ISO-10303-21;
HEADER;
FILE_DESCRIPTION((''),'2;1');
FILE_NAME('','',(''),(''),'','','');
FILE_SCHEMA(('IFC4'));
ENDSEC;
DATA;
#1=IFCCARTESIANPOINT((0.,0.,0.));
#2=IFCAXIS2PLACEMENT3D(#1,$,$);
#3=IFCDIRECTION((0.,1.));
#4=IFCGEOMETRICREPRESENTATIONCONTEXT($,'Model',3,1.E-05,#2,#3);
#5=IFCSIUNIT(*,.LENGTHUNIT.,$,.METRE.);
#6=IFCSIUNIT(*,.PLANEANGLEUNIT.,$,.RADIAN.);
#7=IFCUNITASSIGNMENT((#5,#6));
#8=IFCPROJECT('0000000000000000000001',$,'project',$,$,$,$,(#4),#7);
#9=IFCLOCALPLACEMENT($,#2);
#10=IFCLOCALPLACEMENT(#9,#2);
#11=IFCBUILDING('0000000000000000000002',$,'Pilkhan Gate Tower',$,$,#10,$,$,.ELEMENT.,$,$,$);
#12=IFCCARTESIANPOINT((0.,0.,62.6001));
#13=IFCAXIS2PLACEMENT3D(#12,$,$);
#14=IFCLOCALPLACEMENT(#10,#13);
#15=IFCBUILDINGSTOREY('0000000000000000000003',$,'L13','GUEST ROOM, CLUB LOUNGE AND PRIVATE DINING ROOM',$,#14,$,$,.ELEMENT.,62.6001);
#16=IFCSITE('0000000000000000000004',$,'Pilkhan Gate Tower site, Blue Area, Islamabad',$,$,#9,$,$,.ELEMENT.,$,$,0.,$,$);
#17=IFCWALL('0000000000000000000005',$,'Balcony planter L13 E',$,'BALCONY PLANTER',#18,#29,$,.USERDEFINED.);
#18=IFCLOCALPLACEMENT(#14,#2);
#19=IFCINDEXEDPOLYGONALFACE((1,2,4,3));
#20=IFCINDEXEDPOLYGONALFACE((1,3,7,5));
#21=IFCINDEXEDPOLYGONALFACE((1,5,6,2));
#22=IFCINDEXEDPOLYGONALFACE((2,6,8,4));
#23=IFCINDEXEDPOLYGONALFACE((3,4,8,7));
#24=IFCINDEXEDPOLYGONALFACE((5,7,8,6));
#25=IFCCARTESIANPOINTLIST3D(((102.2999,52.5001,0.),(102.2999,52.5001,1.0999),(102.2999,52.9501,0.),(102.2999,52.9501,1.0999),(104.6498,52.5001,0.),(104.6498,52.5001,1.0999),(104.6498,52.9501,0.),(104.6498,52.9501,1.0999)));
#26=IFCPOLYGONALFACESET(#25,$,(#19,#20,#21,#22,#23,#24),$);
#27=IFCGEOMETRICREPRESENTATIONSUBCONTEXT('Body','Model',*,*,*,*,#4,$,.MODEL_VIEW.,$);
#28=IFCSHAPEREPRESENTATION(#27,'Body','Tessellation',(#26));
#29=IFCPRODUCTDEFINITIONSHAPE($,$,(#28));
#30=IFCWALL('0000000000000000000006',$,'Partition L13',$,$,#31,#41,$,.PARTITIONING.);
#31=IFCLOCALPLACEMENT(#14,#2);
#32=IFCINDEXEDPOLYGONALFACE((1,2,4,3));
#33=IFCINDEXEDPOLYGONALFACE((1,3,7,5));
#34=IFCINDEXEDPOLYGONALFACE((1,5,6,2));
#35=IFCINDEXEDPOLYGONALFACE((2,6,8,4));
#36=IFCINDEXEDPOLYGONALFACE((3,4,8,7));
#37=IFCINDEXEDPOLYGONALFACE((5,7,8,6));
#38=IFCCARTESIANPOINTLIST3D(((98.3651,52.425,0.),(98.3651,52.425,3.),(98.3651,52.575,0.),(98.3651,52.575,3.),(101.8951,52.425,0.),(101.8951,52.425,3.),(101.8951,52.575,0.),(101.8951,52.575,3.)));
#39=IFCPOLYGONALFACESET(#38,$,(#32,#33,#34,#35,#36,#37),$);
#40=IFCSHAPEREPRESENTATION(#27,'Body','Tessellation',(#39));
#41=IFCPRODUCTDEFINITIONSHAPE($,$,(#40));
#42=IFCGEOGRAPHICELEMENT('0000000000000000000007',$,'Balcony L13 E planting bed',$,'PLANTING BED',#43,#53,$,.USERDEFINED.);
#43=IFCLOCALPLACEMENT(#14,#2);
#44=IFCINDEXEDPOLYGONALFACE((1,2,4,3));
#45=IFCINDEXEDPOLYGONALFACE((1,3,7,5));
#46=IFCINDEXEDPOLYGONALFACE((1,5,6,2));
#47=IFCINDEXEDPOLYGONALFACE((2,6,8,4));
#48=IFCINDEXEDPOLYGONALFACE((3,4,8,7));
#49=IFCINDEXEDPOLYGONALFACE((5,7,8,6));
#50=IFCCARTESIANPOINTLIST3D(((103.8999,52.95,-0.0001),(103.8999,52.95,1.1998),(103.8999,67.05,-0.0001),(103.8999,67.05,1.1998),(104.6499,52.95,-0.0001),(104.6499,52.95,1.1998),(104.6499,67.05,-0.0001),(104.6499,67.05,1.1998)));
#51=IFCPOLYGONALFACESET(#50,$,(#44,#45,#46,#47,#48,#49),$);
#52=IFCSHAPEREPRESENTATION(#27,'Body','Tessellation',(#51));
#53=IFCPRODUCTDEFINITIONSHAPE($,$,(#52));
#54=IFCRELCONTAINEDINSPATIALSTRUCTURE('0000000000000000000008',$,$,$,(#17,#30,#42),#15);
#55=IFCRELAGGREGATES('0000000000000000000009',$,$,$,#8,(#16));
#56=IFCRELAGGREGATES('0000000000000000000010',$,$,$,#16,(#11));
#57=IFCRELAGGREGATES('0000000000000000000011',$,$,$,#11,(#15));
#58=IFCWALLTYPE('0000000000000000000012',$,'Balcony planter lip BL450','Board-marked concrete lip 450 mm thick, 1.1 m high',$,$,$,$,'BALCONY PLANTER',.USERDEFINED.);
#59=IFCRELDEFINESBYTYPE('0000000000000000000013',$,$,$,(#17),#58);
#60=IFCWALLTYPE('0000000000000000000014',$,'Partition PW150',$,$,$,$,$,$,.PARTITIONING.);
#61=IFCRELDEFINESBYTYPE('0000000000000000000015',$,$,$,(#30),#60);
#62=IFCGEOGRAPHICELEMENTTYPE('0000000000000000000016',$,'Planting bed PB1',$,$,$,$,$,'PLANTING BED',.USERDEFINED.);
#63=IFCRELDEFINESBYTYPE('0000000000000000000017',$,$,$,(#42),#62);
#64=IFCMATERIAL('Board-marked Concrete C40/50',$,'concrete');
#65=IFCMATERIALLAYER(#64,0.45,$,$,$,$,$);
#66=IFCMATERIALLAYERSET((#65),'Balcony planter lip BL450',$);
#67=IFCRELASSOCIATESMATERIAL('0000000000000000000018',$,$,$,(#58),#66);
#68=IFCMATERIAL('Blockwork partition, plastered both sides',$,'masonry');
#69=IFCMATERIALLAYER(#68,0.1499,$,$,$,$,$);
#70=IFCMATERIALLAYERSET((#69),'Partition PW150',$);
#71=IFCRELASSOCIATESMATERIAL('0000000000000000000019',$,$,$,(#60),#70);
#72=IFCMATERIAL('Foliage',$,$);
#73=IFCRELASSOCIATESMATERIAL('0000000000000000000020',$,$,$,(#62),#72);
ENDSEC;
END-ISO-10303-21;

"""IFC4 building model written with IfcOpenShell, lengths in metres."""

from ifc_helpers import new_model, si_unit, direction, frame, frame_2d, origin, origin_2d, place, context, subcontext, project, spatial, rectangle, extrude, material, layer, layer_set, material_profile, profile_set, type_object, element, save


model = new_model("IFC4")

# Units and contexts
model_context = context("Model", 3, precision=1e-05, world=origin(), true_north=direction((0.0, 1.0)))
body_context = subcontext(model_context, "Body", "Model", "MODEL_VIEW")
ifc_project = project(units=[si_unit("LENGTHUNIT", "METRE"), si_unit("PLANEANGLEUNIT", "RADIAN")], contexts=[model_context])

# Site, building, storey
site_placement = place(None, origin())
site = spatial("IfcSite", under=ifc_project, at=site_placement, Name="Pilkhan Gate Tower site, Blue Area, Islamabad", CompositionType="ELEMENT", RefElevation=0.0)
building_placement = place(site_placement, origin())
building = spatial("IfcBuilding", under=site, at=building_placement, Name="Pilkhan Gate Tower", CompositionType="ELEMENT")
storey_placement = place(building_placement, frame((0.0, 0.0, 62.6001)))
storey = spatial("IfcBuildingStorey", under=building, at=storey_placement, Name="L13", Description="GUEST ROOM, CLUB LOUNGE AND PRIVATE DINING ROOM", CompositionType="ELEMENT", Elevation=62.6001)

# Walls
ifc_material_1 = material(Name="Board-marked Concrete C40/50", Category="concrete")
ifc_layer_1 = layer(ifc_material_1, 0.45)
ifc_layer_set_1 = layer_set([ifc_layer_1], Name="Balcony planter lip BL450")
wall_type_1 = type_object("IfcWallType", Name="Balcony planter lip BL450", Description="Board-marked concrete lip 450 mm thick, 1.1 m high", ElementType="BALCONY PLANTER", PredefinedType="USERDEFINED", material=ifc_layer_set_1)
wall_1_placement = place(storey_placement, frame((102.3, 52.7251, 0.0), z_axis=(0.0, 0.0, 1.0), x_axis=(1.0, 0.0, 0.0)))
element("IfcWall", 1, at=wall_1_placement, inside=storey, type_object=wall_type_1, Name="Balcony planter L13 E", ObjectType="BALCONY PLANTER", PredefinedType="USERDEFINED", context=body_context, shape_type="SweptSolid", body=[
    extrude(rectangle(XDim=2.3499, YDim=0.45, at=frame_2d((1.1748, 0.0))), origin(), (0.0, 0.0, 1.0), 1.0999),
])
ifc_material_2 = material(Name="Blockwork partition, plastered both sides", Category="masonry")
ifc_layer_2 = layer(ifc_material_2, 0.1499)
ifc_layer_set_2 = layer_set([ifc_layer_2], Name="Partition PW150")
wall_type_2 = type_object("IfcWallType", Name="Partition PW150", PredefinedType="PARTITIONING", material=ifc_layer_set_2)
wall_2_placement = place(storey_placement, frame((98.365, 52.5, 0.0), z_axis=(0.0, 0.0, 1.0), x_axis=(1.0, 0.0, 0.0)))
element("IfcWall", 2, at=wall_2_placement, inside=storey, type_object=wall_type_2, Name="Partition L13", PredefinedType="PARTITIONING", context=body_context, shape_type="SweptSolid", body=[
    extrude(rectangle(XDim=3.53, YDim=0.1499, at=frame_2d((1.7651, 0.0))), origin(), (0.0, 0.0, 1.0), 3.0),
])

# Geographic element
ifc_material_3 = material(Name="Foliage")
ifc_material_profile_1 = material_profile(ifc_material_3, rectangle(XDim=0.75, YDim=1.2, at=origin_2d()), Name="Bed 750x1200")
ifc_profile_set_1 = profile_set([ifc_material_profile_1], Name="Foliage")
geographic_element_type = type_object("IfcGeographicElementType", Name="Planting bed PB1", ElementType="PLANTING BED", PredefinedType="USERDEFINED", material=ifc_profile_set_1)
geographic_element_placement = place(storey_placement, frame((104.2749, 52.95, 0.5999), z_axis=(0.0, 1.0, 0.0), x_axis=(-1.0, 0.0, 0.0)))
element("IfcGeographicElement", 3, at=geographic_element_placement, inside=storey, type_object=geographic_element_type, Name="Balcony L13 E planting bed", ObjectType="PLANTING BED", PredefinedType="USERDEFINED", context=body_context, shape_type="SweptSolid", body=[
    extrude(rectangle(XDim=0.75, YDim=1.2, at=origin_2d()), origin(), (0.0, 0.0, 1.0), 14.1001),
])

save(model, "model.ifc")
